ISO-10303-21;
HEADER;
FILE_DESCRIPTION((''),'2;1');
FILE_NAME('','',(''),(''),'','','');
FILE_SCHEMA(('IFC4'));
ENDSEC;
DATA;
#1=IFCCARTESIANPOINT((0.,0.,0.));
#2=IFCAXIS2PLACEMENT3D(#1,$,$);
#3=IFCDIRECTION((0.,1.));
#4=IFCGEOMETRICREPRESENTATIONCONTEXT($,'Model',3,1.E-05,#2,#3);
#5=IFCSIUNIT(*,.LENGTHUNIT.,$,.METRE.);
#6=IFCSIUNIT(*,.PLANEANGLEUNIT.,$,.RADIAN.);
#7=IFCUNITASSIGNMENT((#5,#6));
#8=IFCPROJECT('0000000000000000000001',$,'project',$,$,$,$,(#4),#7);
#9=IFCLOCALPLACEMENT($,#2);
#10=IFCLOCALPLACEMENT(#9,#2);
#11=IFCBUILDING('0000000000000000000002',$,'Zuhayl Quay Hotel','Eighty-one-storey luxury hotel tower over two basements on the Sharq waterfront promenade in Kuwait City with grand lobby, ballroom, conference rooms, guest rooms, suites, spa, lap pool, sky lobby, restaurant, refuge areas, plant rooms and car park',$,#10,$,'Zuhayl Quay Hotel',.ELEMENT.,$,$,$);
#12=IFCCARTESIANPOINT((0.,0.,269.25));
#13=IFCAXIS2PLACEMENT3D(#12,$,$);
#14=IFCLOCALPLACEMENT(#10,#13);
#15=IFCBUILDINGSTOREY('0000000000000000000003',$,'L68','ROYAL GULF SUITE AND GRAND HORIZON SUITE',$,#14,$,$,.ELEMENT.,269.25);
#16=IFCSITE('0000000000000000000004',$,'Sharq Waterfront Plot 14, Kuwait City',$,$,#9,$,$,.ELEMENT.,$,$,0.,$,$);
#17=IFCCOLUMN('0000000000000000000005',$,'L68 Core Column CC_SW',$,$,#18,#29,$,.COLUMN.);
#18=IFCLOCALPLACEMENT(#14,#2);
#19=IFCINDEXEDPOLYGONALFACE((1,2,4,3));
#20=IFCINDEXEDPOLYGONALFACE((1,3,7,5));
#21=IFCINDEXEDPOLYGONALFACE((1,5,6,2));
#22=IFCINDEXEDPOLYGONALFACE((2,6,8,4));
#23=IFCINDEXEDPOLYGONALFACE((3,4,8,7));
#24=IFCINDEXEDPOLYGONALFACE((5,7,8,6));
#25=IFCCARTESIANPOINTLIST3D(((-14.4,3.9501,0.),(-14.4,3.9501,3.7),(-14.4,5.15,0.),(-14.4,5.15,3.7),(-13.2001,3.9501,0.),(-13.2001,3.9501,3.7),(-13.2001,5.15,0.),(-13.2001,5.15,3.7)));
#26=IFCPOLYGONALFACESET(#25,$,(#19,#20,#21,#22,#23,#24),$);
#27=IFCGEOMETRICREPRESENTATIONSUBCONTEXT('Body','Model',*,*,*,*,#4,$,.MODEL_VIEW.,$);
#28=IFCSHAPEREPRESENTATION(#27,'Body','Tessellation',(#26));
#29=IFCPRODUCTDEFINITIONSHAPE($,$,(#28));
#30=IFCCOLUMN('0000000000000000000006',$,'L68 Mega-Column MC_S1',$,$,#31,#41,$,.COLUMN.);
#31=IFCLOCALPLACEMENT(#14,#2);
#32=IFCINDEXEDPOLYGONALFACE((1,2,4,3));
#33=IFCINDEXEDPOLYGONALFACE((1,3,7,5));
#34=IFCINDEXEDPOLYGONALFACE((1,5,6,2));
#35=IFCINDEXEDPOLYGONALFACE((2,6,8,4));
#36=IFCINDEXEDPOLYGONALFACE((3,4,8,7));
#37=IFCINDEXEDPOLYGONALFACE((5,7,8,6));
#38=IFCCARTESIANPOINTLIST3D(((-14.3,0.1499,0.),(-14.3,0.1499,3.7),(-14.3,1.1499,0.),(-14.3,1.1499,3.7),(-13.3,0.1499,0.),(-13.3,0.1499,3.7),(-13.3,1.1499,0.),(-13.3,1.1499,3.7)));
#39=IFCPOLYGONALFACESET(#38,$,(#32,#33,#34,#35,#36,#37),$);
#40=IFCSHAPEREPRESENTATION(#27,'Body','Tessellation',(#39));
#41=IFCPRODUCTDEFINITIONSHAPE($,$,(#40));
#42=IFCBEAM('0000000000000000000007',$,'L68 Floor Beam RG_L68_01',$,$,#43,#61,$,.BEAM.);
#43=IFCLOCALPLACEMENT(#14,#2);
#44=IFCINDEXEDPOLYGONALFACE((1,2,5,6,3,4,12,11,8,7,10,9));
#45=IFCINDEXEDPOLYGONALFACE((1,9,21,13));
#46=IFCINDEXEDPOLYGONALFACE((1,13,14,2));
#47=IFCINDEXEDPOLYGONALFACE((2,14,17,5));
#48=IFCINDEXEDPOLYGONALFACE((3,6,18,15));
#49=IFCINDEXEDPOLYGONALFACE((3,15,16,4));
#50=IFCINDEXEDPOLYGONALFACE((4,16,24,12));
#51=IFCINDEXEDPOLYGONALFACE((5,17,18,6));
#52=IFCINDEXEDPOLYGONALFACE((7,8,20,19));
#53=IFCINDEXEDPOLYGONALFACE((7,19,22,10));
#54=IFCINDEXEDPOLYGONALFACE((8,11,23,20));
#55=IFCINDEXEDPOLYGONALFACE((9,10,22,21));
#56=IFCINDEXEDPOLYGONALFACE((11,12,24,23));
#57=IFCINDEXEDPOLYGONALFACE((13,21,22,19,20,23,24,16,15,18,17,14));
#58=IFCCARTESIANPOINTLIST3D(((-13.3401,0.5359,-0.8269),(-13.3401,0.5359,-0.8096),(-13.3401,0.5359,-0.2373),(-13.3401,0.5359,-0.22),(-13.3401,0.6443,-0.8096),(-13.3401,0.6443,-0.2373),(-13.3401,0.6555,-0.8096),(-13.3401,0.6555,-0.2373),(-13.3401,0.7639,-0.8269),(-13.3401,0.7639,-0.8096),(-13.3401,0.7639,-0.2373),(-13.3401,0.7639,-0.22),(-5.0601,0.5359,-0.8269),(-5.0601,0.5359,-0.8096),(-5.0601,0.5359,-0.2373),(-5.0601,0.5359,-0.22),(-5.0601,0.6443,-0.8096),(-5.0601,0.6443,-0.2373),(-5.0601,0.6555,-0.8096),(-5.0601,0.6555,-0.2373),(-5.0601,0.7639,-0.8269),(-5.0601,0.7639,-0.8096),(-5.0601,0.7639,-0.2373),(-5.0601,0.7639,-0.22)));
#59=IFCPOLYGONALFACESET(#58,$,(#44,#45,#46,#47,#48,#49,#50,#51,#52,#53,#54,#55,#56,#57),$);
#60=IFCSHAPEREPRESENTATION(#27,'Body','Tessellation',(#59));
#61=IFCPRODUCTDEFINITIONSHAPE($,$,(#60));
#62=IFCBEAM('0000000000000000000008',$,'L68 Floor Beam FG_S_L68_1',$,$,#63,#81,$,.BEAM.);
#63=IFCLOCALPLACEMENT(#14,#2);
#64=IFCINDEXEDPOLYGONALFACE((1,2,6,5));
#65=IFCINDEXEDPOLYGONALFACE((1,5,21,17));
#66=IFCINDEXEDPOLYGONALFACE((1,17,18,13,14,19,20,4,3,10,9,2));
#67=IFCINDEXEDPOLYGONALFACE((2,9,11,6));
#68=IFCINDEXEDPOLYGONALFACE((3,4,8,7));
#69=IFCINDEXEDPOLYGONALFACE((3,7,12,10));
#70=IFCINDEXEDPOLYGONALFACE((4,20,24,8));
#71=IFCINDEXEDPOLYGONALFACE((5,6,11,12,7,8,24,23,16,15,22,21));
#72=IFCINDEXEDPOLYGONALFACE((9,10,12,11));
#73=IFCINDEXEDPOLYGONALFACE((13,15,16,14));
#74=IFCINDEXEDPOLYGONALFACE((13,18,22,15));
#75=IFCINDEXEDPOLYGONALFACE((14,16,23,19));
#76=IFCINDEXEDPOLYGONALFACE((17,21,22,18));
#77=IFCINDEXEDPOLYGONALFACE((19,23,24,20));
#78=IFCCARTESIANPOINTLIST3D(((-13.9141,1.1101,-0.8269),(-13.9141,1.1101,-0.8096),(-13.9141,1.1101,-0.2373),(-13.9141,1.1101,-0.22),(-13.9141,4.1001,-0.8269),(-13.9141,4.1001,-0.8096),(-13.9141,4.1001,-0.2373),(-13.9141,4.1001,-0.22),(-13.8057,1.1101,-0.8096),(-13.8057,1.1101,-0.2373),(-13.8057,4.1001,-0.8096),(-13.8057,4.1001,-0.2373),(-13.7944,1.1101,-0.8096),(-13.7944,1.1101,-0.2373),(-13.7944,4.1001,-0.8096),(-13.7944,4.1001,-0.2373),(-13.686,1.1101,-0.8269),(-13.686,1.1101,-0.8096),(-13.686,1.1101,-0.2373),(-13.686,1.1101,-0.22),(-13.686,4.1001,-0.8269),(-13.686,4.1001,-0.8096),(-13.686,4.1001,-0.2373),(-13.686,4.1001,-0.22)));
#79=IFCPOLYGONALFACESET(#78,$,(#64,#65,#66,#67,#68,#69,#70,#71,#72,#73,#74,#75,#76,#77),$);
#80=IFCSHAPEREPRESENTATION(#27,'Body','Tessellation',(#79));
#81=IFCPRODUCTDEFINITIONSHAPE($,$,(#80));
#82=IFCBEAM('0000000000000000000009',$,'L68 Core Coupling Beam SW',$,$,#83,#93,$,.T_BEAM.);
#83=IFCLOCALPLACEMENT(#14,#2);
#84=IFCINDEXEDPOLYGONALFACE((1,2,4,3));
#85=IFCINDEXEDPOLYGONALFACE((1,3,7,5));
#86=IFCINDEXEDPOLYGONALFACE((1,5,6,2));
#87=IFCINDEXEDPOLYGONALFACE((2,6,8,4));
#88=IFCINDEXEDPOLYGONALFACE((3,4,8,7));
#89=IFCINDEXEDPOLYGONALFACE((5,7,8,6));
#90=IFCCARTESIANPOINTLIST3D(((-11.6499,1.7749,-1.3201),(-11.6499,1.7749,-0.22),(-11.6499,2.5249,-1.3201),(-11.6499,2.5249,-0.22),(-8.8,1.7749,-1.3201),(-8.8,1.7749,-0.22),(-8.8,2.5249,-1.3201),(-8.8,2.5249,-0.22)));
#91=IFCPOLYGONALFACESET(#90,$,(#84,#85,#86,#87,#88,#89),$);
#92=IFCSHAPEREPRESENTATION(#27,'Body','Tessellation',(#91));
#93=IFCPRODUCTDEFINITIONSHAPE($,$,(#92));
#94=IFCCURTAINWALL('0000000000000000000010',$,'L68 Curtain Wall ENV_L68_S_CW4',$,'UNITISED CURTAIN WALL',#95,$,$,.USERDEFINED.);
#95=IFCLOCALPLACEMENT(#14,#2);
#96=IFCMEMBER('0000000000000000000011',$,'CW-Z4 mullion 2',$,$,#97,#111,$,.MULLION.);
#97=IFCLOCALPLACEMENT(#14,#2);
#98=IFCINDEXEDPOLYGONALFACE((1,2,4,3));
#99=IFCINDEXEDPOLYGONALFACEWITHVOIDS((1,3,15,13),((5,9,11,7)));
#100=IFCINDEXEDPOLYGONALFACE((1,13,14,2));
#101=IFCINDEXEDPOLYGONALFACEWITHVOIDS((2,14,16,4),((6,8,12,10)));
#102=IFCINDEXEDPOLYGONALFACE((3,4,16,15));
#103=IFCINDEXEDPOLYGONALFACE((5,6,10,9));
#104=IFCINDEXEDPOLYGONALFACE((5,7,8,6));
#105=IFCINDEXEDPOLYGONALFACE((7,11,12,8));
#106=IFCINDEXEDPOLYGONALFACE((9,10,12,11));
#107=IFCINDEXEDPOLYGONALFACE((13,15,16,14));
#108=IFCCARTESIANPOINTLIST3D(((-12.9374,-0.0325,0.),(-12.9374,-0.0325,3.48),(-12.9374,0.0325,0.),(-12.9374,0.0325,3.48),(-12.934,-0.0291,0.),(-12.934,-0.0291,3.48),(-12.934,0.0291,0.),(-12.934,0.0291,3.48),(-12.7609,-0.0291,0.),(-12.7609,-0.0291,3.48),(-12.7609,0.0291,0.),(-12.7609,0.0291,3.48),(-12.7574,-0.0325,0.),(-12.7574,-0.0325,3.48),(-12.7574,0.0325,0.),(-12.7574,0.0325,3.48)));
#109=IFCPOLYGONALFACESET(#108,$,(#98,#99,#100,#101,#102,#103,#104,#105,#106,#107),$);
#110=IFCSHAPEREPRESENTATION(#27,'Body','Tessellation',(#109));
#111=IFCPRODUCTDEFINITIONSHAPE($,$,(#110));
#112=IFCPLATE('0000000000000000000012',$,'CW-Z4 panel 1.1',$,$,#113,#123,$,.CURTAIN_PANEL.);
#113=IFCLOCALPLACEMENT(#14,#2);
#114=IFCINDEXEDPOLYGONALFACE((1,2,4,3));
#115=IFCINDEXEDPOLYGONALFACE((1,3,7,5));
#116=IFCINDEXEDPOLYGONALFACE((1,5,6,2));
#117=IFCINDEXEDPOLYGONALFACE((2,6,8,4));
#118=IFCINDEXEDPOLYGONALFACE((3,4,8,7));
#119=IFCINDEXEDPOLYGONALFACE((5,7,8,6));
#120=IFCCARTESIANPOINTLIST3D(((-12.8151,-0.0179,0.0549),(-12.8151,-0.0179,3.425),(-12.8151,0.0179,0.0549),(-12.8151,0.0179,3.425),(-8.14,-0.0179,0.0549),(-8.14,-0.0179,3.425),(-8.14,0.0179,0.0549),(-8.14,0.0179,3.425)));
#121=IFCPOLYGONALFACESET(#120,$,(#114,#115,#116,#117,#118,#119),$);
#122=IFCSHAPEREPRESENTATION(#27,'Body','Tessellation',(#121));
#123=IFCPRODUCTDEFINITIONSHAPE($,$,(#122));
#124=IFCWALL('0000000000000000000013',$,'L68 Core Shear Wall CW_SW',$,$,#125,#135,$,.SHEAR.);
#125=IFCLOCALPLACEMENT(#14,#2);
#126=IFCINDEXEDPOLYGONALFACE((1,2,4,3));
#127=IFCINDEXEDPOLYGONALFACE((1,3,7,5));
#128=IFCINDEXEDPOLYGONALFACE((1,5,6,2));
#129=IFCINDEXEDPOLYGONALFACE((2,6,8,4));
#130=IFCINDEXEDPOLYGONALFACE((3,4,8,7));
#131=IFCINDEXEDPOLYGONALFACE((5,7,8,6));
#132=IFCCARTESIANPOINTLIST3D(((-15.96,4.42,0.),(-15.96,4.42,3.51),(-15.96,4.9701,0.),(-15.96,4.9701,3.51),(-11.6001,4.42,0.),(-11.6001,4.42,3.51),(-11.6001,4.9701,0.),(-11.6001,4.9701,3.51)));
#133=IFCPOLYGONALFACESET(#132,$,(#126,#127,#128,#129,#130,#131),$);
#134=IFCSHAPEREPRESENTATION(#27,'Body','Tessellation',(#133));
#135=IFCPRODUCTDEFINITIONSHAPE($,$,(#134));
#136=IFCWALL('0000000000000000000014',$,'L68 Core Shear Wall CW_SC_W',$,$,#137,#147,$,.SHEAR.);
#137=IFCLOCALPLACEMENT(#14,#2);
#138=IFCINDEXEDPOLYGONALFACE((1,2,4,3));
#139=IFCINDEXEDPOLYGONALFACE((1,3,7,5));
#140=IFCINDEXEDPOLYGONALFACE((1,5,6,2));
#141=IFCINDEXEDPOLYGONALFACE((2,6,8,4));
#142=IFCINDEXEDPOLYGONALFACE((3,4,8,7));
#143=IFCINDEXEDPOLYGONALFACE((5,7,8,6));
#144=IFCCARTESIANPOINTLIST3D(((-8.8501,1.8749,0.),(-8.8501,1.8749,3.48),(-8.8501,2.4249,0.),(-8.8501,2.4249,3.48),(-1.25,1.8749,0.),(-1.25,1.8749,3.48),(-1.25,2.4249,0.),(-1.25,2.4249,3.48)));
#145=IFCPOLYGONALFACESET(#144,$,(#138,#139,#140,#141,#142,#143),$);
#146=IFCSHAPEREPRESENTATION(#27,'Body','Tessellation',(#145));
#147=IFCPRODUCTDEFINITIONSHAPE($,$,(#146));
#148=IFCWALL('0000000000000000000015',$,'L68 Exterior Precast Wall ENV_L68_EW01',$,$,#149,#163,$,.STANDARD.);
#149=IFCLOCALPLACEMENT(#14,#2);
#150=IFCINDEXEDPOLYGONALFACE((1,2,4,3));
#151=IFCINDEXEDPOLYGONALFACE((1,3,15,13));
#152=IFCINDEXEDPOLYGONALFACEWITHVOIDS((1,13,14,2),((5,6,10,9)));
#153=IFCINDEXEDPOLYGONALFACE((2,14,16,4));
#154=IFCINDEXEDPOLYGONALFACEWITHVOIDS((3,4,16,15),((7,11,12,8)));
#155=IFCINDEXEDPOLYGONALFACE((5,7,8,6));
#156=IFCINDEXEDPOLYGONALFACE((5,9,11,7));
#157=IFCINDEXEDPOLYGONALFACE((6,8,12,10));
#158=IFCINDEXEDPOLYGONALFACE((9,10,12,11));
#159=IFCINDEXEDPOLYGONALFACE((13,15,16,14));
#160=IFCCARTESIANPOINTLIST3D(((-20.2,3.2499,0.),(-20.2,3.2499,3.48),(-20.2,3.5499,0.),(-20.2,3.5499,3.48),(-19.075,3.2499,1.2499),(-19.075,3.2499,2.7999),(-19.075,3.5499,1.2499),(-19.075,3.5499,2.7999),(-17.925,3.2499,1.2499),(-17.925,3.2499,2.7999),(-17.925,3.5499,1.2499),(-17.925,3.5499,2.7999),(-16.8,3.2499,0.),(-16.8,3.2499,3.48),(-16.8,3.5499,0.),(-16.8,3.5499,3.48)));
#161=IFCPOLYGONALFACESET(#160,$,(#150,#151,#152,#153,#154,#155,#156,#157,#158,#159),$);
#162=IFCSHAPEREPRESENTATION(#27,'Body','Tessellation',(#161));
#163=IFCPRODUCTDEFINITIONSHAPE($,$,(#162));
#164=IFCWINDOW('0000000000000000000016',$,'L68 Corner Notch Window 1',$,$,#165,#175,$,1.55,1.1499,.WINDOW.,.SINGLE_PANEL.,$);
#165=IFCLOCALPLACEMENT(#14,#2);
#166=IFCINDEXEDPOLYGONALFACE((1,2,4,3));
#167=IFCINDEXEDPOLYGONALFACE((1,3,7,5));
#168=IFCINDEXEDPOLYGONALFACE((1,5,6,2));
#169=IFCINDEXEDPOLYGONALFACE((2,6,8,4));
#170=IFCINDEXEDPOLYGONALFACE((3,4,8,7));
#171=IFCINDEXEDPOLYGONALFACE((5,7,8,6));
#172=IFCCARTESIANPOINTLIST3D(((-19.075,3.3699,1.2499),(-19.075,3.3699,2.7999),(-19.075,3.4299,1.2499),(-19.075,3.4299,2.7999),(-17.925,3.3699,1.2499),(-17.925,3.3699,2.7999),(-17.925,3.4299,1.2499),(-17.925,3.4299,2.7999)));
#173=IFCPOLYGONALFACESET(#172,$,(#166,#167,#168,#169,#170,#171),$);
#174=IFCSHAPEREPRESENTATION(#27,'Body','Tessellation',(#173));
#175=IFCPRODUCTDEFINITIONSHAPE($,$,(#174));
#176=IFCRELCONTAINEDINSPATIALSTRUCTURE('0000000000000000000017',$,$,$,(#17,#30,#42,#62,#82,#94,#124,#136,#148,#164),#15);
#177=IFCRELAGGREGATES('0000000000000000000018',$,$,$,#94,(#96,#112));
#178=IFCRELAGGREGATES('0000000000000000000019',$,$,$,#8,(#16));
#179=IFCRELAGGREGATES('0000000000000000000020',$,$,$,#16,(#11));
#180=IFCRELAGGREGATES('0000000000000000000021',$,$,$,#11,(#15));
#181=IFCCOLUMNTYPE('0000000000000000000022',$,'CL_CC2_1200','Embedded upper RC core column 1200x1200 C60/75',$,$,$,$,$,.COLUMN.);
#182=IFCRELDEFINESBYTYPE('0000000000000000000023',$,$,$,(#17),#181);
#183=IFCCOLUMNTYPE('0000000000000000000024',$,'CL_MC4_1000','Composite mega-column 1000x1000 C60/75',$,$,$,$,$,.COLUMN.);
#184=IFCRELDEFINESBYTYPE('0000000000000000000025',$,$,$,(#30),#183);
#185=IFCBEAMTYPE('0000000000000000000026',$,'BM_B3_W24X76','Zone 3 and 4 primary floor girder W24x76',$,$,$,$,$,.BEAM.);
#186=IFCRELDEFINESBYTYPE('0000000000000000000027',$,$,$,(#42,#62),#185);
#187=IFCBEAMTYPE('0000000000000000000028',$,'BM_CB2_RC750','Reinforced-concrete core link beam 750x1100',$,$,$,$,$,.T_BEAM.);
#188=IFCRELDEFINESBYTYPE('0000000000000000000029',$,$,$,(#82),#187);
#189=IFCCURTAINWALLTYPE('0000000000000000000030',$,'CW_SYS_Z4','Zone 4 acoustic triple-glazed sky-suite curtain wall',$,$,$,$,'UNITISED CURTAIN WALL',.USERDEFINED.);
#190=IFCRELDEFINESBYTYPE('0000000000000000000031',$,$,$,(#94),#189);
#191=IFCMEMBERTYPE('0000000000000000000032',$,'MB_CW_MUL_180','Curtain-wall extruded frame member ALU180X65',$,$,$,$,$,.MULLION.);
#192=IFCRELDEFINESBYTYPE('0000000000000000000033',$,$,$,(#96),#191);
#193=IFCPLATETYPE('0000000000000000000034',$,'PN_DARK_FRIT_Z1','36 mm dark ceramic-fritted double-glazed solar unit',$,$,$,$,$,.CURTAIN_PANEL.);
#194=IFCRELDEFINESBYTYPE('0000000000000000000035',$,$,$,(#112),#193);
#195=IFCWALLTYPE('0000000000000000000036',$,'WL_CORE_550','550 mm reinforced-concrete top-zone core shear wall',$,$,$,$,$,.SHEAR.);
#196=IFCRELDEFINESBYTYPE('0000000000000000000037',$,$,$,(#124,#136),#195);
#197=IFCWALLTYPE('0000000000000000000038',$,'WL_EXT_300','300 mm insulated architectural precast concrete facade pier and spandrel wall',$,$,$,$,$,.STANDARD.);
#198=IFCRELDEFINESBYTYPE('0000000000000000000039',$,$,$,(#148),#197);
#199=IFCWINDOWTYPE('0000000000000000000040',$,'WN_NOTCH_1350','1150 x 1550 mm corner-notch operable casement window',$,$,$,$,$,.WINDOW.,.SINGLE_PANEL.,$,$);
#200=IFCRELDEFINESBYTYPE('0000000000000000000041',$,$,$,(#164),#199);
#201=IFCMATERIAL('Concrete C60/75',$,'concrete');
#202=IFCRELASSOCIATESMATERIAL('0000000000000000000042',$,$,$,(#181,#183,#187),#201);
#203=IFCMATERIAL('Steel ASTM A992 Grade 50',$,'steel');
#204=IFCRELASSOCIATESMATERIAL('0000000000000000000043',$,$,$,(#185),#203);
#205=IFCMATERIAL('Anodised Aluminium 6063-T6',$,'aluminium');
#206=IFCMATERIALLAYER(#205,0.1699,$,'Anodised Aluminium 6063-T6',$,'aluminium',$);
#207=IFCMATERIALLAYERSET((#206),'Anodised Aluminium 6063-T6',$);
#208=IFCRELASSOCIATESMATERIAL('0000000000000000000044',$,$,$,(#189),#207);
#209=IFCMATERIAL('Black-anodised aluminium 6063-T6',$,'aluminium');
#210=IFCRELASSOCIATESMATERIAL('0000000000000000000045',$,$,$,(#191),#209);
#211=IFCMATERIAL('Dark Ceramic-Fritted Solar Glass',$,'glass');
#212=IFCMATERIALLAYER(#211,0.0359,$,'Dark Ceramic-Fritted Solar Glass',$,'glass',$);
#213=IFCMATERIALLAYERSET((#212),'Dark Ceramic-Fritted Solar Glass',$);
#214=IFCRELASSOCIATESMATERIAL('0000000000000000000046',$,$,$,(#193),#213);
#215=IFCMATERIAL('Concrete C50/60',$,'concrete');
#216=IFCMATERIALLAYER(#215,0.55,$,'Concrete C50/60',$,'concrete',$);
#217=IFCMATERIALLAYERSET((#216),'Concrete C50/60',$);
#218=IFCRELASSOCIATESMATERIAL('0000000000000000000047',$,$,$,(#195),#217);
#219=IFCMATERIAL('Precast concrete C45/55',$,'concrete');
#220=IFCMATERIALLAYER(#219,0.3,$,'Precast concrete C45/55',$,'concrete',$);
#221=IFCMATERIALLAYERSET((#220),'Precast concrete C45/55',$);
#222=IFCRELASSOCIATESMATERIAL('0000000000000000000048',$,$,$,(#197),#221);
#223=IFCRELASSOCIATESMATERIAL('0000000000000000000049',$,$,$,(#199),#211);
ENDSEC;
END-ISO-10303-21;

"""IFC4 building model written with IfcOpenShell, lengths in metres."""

from ifc_helpers import new_model, si_unit, direction, frame, frame_2d, origin, origin_2d, place, context, subcontext, project, spatial, rectangle, hollow_rectangle, i_section, extrude, material, layer, layer_set, material_profile, profile_set, type_object, element, fill, aggregate, save


model = new_model("IFC4")

# Units and contexts
model_context = context("Model", 3, precision=1e-05, world=origin(), true_north=direction((0.0, 1.0)))
body_context = subcontext(model_context, "Body", "Model", "MODEL_VIEW")
ifc_project = project(units=[si_unit("LENGTHUNIT", "METRE"), si_unit("PLANEANGLEUNIT", "RADIAN")], contexts=[model_context])

# Site, building, storey
site_placement = place(None, origin())
site = spatial("IfcSite", under=ifc_project, at=site_placement, Name="Sharq Waterfront Plot 14, Kuwait City", CompositionType="ELEMENT", RefElevation=0.0)
building_placement = place(site_placement, origin())
building = spatial("IfcBuilding", under=site, at=building_placement, Name="Zuhayl Quay Hotel", Description="Eighty-one-storey luxury hotel tower over two basements on the Sharq waterfront promenade in Kuwait City with grand lobby, ballroom, conference rooms, guest rooms, suites, spa, lap pool, sky lobby, restaurant, refuge areas, plant rooms and car park", LongName="Zuhayl Quay Hotel", CompositionType="ELEMENT")
storey_placement = place(building_placement, frame((0.0, 0.0, 269.25)))
storey = spatial("IfcBuildingStorey", under=building, at=storey_placement, Name="L68", Description="ROYAL GULF SUITE AND GRAND HORIZON SUITE", CompositionType="ELEMENT", Elevation=269.25)

# Columns
ifc_material_1 = material(Name="Concrete C60/75", Category="concrete")
ifc_material_profile_1 = material_profile(ifc_material_1, rectangle(XDim=1.2, YDim=1.2, at=origin_2d()), Name="RC1200X1200")
ifc_profile_set_1 = profile_set([ifc_material_profile_1], Name="Concrete C60/75")
column_type_1 = type_object("IfcColumnType", Name="CL_CC2_1200", Description="Embedded upper RC core column 1200x1200 C60/75", PredefinedType="COLUMN", material=ifc_profile_set_1)
column_1_placement = place(storey_placement, frame((-13.8, 4.55, 0.0), z_axis=(0.0, 0.0, 1.0), x_axis=(1.0, 0.0, 0.0)))
element("IfcColumn", 1, at=column_1_placement, inside=storey, type_object=column_type_1, Name="L68 Core Column CC_SW", PredefinedType="COLUMN", context=body_context, shape_type="SweptSolid", body=[
    extrude(rectangle(XDim=1.2, YDim=1.2, at=origin_2d()), origin(), (0.0, 0.0, 1.0), 3.7),
])
ifc_material_profile_2 = material_profile(ifc_material_1, rectangle(XDim=1.0, YDim=1.0, at=origin_2d()), Name="RC1000X1000")
ifc_profile_set_2 = profile_set([ifc_material_profile_2], Name="Concrete C60/75")
column_type_2 = type_object("IfcColumnType", Name="CL_MC4_1000", Description="Composite mega-column 1000x1000 C60/75", PredefinedType="COLUMN", material=ifc_profile_set_2)
column_2_placement = place(storey_placement, frame((-13.8, 0.6499, 0.0), z_axis=(0.0, 0.0, 1.0), x_axis=(1.0, 0.0, 0.0)))
element("IfcColumn", 2, at=column_2_placement, inside=storey, type_object=column_type_2, Name="L68 Mega-Column MC_S1", PredefinedType="COLUMN", context=body_context, shape_type="SweptSolid", body=[
    extrude(rectangle(XDim=1.0, YDim=1.0, at=origin_2d()), origin(), (0.0, 0.0, 1.0), 3.7),
])

# Beams
ifc_material_2 = material(Name="Steel ASTM A992 Grade 50", Category="steel")
ifc_material_profile_3 = material_profile(ifc_material_2, i_section(OverallWidth=0.228, OverallDepth=0.6069, WebThickness=0.0112, FlangeThickness=0.0173, at=origin_2d()), Name="W24X76")
ifc_profile_set_3 = profile_set([ifc_material_profile_3], Name="Steel ASTM A992 Grade 50")
beam_type_1 = type_object("IfcBeamType", Name="BM_B3_W24X76", Description="Zone 3 and 4 primary floor girder W24x76", PredefinedType="BEAM", material=ifc_profile_set_3)
beam_1_placement = place(storey_placement, frame((-13.3401, 0.6499, -0.5234), z_axis=(1.0, 0.0, 0.0), x_axis=(0.0, 1.0, 0.0)))
element("IfcBeam", 3, at=beam_1_placement, inside=storey, type_object=beam_type_1, Name="L68 Floor Beam RG_L68_01", PredefinedType="BEAM", context=body_context, shape_type="SweptSolid", body=[
    extrude(i_section(OverallWidth=0.228, OverallDepth=0.6069, WebThickness=0.0112, FlangeThickness=0.0173, at=origin_2d()), origin(), (0.0, 0.0, 1.0), 8.28),
])
beam_2_placement = place(storey_placement, frame((-13.8, 1.1101, -0.5234), z_axis=(0.0, 1.0, 0.0), x_axis=(-1.0, 0.0, 0.0)))
element("IfcBeam", 4, at=beam_2_placement, inside=storey, type_object=beam_type_1, Name="L68 Floor Beam FG_S_L68_1", PredefinedType="BEAM", context=body_context, shape_type="SweptSolid", body=[
    extrude(i_section(OverallWidth=0.228, OverallDepth=0.6069, WebThickness=0.0112, FlangeThickness=0.0173, at=origin_2d()), origin(), (0.0, 0.0, 1.0), 2.99),
])
ifc_material_profile_4 = material_profile(ifc_material_1, rectangle(XDim=0.75, YDim=1.1001, at=origin_2d()), Name="RC750X1100")
ifc_profile_set_4 = profile_set([ifc_material_profile_4], Name="Concrete C60/75")
beam_type_2 = type_object("IfcBeamType", Name="BM_CB2_RC750", Description="Reinforced-concrete core link beam 750x1100", PredefinedType="T_BEAM", material=ifc_profile_set_4)
beam_3_placement = place(storey_placement, frame((-11.6499, 2.1499, -0.77), z_axis=(1.0, 0.0, 0.0), x_axis=(0.0, 1.0, 0.0)))
element("IfcBeam", 5, at=beam_3_placement, inside=storey, type_object=beam_type_2, Name="L68 Core Coupling Beam SW", PredefinedType="T_BEAM", context=body_context, shape_type="SweptSolid", body=[
    extrude(rectangle(XDim=0.75, YDim=1.1001, at=origin_2d()), origin(), (0.0, 0.0, 1.0), 2.8499),
])

# Curtain wall, member, plate
ifc_material_3 = material(Name="Anodised Aluminium 6063-T6", Category="aluminium")
ifc_layer_1 = layer(ifc_material_3, 0.1699, Name="Anodised Aluminium 6063-T6", Category="aluminium")
ifc_layer_set_1 = layer_set([ifc_layer_1], Name="Anodised Aluminium 6063-T6")
curtain_wall_type = type_object("IfcCurtainWallType", Name="CW_SYS_Z4", Description="Zone 4 acoustic triple-glazed sky-suite curtain wall", ElementType="UNITISED CURTAIN WALL", PredefinedType="USERDEFINED", material=ifc_layer_set_1)
curtain_wall_placement = place(storey_placement, origin())
curtain_wall = element("IfcCurtainWall", 6, at=curtain_wall_placement, inside=storey, type_object=curtain_wall_type, Name="L68 Curtain Wall ENV_L68_S_CW4", ObjectType="UNITISED CURTAIN WALL", PredefinedType="USERDEFINED")
ifc_material_4 = material(Name="Black-anodised aluminium 6063-T6", Category="aluminium")
ifc_material_profile_5 = material_profile(ifc_material_4, hollow_rectangle(XDim=0.0649, YDim=0.1799, WallThickness=0.0034, at=origin_2d()), Name="ALU180X65")
ifc_profile_set_5 = profile_set([ifc_material_profile_5], Name="Black-anodised aluminium 6063-T6")
member_type = type_object("IfcMemberType", Name="MB_CW_MUL_180", Description="Curtain-wall extruded frame member ALU180X65", PredefinedType="MULLION", material=ifc_profile_set_5)
member_placement = place(storey_placement, frame((-12.8474, 0.0, 0.0), z_axis=(0.0, 0.0, 1.0), x_axis=(0.0, -1.0, 0.0)))
member = element("IfcMember", 7, at=member_placement, type_object=member_type, Name="CW-Z4 mullion 2", PredefinedType="MULLION", context=body_context, shape_type="SweptSolid", body=[
    extrude(hollow_rectangle(XDim=0.0649, YDim=0.1799, WallThickness=0.0034, at=origin_2d()), origin(), (0.0, 0.0, 1.0), 3.48),
])
ifc_material_5 = material(Name="Dark Ceramic-Fritted Solar Glass", Category="glass")
ifc_layer_2 = layer(ifc_material_5, 0.0359, Name="Dark Ceramic-Fritted Solar Glass", Category="glass")
ifc_layer_set_2 = layer_set([ifc_layer_2], Name="Dark Ceramic-Fritted Solar Glass")
plate_type = type_object("IfcPlateType", Name="PN_DARK_FRIT_Z1", Description="36 mm dark ceramic-fritted double-glazed solar unit", PredefinedType="CURTAIN_PANEL", material=ifc_layer_set_2)
plate_placement = place(storey_placement, frame((-10.4775, 0.0, 0.0549), z_axis=(0.0, 0.0, 1.0), x_axis=(-1.0, 0.0, 0.0)))
plate = element("IfcPlate", 8, at=plate_placement, type_object=plate_type, Name="CW-Z4 panel 1.1", PredefinedType="CURTAIN_PANEL", context=body_context, shape_type="SweptSolid", body=[
    extrude(rectangle(XDim=4.675, YDim=0.0359, at=origin_2d()), origin(), (0.0, 0.0, 1.0), 3.3701),
])
aggregate(curtain_wall, [member, plate])

# Walls
ifc_material_6 = material(Name="Concrete C50/60", Category="concrete")
ifc_layer_3 = layer(ifc_material_6, 0.55, Name="Concrete C50/60", Category="concrete")
ifc_layer_set_3 = layer_set([ifc_layer_3], Name="Concrete C50/60")
wall_type_1 = type_object("IfcWallType", Name="WL_CORE_550", Description="550 mm reinforced-concrete top-zone core shear wall", PredefinedType="SHEAR", material=ifc_layer_set_3)
wall_1_placement = place(storey_placement, frame((-15.96, 4.6951, 0.0), z_axis=(0.0, 0.0, 1.0), x_axis=(1.0, 0.0, 0.0)))
element("IfcWall", 9, at=wall_1_placement, inside=storey, type_object=wall_type_1, Name="L68 Core Shear Wall CW_SW", PredefinedType="SHEAR", context=body_context, shape_type="SweptSolid", body=[
    extrude(rectangle(XDim=4.3599, YDim=0.55, at=frame_2d((2.1799, 0.0))), origin(), (0.0, 0.0, 1.0), 3.51),
])
wall_2_placement = place(storey_placement, frame((-8.8501, 2.1499, 0.0), z_axis=(0.0, 0.0, 1.0), x_axis=(1.0, 0.0, 0.0)))
element("IfcWall", 10, at=wall_2_placement, inside=storey, type_object=wall_type_1, Name="L68 Core Shear Wall CW_SC_W", PredefinedType="SHEAR", context=body_context, shape_type="SweptSolid", body=[
    extrude(rectangle(XDim=7.6001, YDim=0.55, at=frame_2d((3.8, 0.0))), origin(), (0.0, 0.0, 1.0), 3.48),
])

# Wall, opening, window
ifc_material_7 = material(Name="Precast concrete C45/55", Category="concrete")
ifc_layer_4 = layer(ifc_material_7, 0.3, Name="Precast concrete C45/55", Category="concrete")
ifc_layer_set_4 = layer_set([ifc_layer_4], Name="Precast concrete C45/55")
wall_type_2 = type_object("IfcWallType", Name="WL_EXT_300", Description="300 mm insulated architectural precast concrete facade pier and spandrel wall", PredefinedType="STANDARD", material=ifc_layer_set_4)
wall_3_placement = place(storey_placement, frame((-16.8, 3.3999, 0.0), z_axis=(0.0, 0.0, 1.0), x_axis=(-1.0, 0.0, 0.0)))
wall_3 = element("IfcWall", 11, at=wall_3_placement, inside=storey, type_object=wall_type_2, Name="L68 Exterior Precast Wall ENV_L68_EW01", PredefinedType="STANDARD", context=body_context, shape_type="SweptSolid", body=[
    extrude(rectangle(XDim=3.3999, YDim=0.3, at=frame_2d((1.7, 0.0))), origin(), (0.0, 0.0, 1.0), 3.48),
])
opening_1_placement = place(wall_3_placement, frame((1.125, 0.0, 1.25)))
opening_1 = element("IfcOpeningElement", 12, at=opening_1_placement, cuts=wall_3, PredefinedType="OPENING", context=body_context, shape_type="SweptSolid", body=[
    extrude(rectangle(XDim=1.1499, YDim=1.55, at=frame_2d((0.575, 0.7749))), frame((0.0, 0.1599, 0.0), z_axis=(0.0, -1.0, 0.0), x_axis=(1.0, 0.0, 0.0)), (0.0, 0.0, 1.0), 0.3201),
])
window_type = type_object("IfcWindowType", Name="WN_NOTCH_1350", Description="1150 x 1550 mm corner-notch operable casement window", PartitioningType="SINGLE_PANEL", PredefinedType="WINDOW", material=ifc_material_5)
window_1_placement = place(opening_1_placement, origin())
window_1 = element("IfcWindow", 13, at=window_1_placement, inside=storey, type_object=window_type, Name="L68 Corner Notch Window 1", OverallHeight=1.55, OverallWidth=1.1499, PartitioningType="SINGLE_PANEL", PredefinedType="WINDOW", context=body_context, shape_type="SweptSolid", body=[
    extrude(rectangle(XDim=1.1499, YDim=1.55, at=frame_2d((0.575, 0.7749))), frame((0.0, 0.03, 0.0), z_axis=(0.0, -1.0, 0.0), x_axis=(1.0, 0.0, 0.0)), (0.0, 0.0, 1.0), 0.0601),
])
fill(opening_1, window_1)

save(model, "model.ifc")
